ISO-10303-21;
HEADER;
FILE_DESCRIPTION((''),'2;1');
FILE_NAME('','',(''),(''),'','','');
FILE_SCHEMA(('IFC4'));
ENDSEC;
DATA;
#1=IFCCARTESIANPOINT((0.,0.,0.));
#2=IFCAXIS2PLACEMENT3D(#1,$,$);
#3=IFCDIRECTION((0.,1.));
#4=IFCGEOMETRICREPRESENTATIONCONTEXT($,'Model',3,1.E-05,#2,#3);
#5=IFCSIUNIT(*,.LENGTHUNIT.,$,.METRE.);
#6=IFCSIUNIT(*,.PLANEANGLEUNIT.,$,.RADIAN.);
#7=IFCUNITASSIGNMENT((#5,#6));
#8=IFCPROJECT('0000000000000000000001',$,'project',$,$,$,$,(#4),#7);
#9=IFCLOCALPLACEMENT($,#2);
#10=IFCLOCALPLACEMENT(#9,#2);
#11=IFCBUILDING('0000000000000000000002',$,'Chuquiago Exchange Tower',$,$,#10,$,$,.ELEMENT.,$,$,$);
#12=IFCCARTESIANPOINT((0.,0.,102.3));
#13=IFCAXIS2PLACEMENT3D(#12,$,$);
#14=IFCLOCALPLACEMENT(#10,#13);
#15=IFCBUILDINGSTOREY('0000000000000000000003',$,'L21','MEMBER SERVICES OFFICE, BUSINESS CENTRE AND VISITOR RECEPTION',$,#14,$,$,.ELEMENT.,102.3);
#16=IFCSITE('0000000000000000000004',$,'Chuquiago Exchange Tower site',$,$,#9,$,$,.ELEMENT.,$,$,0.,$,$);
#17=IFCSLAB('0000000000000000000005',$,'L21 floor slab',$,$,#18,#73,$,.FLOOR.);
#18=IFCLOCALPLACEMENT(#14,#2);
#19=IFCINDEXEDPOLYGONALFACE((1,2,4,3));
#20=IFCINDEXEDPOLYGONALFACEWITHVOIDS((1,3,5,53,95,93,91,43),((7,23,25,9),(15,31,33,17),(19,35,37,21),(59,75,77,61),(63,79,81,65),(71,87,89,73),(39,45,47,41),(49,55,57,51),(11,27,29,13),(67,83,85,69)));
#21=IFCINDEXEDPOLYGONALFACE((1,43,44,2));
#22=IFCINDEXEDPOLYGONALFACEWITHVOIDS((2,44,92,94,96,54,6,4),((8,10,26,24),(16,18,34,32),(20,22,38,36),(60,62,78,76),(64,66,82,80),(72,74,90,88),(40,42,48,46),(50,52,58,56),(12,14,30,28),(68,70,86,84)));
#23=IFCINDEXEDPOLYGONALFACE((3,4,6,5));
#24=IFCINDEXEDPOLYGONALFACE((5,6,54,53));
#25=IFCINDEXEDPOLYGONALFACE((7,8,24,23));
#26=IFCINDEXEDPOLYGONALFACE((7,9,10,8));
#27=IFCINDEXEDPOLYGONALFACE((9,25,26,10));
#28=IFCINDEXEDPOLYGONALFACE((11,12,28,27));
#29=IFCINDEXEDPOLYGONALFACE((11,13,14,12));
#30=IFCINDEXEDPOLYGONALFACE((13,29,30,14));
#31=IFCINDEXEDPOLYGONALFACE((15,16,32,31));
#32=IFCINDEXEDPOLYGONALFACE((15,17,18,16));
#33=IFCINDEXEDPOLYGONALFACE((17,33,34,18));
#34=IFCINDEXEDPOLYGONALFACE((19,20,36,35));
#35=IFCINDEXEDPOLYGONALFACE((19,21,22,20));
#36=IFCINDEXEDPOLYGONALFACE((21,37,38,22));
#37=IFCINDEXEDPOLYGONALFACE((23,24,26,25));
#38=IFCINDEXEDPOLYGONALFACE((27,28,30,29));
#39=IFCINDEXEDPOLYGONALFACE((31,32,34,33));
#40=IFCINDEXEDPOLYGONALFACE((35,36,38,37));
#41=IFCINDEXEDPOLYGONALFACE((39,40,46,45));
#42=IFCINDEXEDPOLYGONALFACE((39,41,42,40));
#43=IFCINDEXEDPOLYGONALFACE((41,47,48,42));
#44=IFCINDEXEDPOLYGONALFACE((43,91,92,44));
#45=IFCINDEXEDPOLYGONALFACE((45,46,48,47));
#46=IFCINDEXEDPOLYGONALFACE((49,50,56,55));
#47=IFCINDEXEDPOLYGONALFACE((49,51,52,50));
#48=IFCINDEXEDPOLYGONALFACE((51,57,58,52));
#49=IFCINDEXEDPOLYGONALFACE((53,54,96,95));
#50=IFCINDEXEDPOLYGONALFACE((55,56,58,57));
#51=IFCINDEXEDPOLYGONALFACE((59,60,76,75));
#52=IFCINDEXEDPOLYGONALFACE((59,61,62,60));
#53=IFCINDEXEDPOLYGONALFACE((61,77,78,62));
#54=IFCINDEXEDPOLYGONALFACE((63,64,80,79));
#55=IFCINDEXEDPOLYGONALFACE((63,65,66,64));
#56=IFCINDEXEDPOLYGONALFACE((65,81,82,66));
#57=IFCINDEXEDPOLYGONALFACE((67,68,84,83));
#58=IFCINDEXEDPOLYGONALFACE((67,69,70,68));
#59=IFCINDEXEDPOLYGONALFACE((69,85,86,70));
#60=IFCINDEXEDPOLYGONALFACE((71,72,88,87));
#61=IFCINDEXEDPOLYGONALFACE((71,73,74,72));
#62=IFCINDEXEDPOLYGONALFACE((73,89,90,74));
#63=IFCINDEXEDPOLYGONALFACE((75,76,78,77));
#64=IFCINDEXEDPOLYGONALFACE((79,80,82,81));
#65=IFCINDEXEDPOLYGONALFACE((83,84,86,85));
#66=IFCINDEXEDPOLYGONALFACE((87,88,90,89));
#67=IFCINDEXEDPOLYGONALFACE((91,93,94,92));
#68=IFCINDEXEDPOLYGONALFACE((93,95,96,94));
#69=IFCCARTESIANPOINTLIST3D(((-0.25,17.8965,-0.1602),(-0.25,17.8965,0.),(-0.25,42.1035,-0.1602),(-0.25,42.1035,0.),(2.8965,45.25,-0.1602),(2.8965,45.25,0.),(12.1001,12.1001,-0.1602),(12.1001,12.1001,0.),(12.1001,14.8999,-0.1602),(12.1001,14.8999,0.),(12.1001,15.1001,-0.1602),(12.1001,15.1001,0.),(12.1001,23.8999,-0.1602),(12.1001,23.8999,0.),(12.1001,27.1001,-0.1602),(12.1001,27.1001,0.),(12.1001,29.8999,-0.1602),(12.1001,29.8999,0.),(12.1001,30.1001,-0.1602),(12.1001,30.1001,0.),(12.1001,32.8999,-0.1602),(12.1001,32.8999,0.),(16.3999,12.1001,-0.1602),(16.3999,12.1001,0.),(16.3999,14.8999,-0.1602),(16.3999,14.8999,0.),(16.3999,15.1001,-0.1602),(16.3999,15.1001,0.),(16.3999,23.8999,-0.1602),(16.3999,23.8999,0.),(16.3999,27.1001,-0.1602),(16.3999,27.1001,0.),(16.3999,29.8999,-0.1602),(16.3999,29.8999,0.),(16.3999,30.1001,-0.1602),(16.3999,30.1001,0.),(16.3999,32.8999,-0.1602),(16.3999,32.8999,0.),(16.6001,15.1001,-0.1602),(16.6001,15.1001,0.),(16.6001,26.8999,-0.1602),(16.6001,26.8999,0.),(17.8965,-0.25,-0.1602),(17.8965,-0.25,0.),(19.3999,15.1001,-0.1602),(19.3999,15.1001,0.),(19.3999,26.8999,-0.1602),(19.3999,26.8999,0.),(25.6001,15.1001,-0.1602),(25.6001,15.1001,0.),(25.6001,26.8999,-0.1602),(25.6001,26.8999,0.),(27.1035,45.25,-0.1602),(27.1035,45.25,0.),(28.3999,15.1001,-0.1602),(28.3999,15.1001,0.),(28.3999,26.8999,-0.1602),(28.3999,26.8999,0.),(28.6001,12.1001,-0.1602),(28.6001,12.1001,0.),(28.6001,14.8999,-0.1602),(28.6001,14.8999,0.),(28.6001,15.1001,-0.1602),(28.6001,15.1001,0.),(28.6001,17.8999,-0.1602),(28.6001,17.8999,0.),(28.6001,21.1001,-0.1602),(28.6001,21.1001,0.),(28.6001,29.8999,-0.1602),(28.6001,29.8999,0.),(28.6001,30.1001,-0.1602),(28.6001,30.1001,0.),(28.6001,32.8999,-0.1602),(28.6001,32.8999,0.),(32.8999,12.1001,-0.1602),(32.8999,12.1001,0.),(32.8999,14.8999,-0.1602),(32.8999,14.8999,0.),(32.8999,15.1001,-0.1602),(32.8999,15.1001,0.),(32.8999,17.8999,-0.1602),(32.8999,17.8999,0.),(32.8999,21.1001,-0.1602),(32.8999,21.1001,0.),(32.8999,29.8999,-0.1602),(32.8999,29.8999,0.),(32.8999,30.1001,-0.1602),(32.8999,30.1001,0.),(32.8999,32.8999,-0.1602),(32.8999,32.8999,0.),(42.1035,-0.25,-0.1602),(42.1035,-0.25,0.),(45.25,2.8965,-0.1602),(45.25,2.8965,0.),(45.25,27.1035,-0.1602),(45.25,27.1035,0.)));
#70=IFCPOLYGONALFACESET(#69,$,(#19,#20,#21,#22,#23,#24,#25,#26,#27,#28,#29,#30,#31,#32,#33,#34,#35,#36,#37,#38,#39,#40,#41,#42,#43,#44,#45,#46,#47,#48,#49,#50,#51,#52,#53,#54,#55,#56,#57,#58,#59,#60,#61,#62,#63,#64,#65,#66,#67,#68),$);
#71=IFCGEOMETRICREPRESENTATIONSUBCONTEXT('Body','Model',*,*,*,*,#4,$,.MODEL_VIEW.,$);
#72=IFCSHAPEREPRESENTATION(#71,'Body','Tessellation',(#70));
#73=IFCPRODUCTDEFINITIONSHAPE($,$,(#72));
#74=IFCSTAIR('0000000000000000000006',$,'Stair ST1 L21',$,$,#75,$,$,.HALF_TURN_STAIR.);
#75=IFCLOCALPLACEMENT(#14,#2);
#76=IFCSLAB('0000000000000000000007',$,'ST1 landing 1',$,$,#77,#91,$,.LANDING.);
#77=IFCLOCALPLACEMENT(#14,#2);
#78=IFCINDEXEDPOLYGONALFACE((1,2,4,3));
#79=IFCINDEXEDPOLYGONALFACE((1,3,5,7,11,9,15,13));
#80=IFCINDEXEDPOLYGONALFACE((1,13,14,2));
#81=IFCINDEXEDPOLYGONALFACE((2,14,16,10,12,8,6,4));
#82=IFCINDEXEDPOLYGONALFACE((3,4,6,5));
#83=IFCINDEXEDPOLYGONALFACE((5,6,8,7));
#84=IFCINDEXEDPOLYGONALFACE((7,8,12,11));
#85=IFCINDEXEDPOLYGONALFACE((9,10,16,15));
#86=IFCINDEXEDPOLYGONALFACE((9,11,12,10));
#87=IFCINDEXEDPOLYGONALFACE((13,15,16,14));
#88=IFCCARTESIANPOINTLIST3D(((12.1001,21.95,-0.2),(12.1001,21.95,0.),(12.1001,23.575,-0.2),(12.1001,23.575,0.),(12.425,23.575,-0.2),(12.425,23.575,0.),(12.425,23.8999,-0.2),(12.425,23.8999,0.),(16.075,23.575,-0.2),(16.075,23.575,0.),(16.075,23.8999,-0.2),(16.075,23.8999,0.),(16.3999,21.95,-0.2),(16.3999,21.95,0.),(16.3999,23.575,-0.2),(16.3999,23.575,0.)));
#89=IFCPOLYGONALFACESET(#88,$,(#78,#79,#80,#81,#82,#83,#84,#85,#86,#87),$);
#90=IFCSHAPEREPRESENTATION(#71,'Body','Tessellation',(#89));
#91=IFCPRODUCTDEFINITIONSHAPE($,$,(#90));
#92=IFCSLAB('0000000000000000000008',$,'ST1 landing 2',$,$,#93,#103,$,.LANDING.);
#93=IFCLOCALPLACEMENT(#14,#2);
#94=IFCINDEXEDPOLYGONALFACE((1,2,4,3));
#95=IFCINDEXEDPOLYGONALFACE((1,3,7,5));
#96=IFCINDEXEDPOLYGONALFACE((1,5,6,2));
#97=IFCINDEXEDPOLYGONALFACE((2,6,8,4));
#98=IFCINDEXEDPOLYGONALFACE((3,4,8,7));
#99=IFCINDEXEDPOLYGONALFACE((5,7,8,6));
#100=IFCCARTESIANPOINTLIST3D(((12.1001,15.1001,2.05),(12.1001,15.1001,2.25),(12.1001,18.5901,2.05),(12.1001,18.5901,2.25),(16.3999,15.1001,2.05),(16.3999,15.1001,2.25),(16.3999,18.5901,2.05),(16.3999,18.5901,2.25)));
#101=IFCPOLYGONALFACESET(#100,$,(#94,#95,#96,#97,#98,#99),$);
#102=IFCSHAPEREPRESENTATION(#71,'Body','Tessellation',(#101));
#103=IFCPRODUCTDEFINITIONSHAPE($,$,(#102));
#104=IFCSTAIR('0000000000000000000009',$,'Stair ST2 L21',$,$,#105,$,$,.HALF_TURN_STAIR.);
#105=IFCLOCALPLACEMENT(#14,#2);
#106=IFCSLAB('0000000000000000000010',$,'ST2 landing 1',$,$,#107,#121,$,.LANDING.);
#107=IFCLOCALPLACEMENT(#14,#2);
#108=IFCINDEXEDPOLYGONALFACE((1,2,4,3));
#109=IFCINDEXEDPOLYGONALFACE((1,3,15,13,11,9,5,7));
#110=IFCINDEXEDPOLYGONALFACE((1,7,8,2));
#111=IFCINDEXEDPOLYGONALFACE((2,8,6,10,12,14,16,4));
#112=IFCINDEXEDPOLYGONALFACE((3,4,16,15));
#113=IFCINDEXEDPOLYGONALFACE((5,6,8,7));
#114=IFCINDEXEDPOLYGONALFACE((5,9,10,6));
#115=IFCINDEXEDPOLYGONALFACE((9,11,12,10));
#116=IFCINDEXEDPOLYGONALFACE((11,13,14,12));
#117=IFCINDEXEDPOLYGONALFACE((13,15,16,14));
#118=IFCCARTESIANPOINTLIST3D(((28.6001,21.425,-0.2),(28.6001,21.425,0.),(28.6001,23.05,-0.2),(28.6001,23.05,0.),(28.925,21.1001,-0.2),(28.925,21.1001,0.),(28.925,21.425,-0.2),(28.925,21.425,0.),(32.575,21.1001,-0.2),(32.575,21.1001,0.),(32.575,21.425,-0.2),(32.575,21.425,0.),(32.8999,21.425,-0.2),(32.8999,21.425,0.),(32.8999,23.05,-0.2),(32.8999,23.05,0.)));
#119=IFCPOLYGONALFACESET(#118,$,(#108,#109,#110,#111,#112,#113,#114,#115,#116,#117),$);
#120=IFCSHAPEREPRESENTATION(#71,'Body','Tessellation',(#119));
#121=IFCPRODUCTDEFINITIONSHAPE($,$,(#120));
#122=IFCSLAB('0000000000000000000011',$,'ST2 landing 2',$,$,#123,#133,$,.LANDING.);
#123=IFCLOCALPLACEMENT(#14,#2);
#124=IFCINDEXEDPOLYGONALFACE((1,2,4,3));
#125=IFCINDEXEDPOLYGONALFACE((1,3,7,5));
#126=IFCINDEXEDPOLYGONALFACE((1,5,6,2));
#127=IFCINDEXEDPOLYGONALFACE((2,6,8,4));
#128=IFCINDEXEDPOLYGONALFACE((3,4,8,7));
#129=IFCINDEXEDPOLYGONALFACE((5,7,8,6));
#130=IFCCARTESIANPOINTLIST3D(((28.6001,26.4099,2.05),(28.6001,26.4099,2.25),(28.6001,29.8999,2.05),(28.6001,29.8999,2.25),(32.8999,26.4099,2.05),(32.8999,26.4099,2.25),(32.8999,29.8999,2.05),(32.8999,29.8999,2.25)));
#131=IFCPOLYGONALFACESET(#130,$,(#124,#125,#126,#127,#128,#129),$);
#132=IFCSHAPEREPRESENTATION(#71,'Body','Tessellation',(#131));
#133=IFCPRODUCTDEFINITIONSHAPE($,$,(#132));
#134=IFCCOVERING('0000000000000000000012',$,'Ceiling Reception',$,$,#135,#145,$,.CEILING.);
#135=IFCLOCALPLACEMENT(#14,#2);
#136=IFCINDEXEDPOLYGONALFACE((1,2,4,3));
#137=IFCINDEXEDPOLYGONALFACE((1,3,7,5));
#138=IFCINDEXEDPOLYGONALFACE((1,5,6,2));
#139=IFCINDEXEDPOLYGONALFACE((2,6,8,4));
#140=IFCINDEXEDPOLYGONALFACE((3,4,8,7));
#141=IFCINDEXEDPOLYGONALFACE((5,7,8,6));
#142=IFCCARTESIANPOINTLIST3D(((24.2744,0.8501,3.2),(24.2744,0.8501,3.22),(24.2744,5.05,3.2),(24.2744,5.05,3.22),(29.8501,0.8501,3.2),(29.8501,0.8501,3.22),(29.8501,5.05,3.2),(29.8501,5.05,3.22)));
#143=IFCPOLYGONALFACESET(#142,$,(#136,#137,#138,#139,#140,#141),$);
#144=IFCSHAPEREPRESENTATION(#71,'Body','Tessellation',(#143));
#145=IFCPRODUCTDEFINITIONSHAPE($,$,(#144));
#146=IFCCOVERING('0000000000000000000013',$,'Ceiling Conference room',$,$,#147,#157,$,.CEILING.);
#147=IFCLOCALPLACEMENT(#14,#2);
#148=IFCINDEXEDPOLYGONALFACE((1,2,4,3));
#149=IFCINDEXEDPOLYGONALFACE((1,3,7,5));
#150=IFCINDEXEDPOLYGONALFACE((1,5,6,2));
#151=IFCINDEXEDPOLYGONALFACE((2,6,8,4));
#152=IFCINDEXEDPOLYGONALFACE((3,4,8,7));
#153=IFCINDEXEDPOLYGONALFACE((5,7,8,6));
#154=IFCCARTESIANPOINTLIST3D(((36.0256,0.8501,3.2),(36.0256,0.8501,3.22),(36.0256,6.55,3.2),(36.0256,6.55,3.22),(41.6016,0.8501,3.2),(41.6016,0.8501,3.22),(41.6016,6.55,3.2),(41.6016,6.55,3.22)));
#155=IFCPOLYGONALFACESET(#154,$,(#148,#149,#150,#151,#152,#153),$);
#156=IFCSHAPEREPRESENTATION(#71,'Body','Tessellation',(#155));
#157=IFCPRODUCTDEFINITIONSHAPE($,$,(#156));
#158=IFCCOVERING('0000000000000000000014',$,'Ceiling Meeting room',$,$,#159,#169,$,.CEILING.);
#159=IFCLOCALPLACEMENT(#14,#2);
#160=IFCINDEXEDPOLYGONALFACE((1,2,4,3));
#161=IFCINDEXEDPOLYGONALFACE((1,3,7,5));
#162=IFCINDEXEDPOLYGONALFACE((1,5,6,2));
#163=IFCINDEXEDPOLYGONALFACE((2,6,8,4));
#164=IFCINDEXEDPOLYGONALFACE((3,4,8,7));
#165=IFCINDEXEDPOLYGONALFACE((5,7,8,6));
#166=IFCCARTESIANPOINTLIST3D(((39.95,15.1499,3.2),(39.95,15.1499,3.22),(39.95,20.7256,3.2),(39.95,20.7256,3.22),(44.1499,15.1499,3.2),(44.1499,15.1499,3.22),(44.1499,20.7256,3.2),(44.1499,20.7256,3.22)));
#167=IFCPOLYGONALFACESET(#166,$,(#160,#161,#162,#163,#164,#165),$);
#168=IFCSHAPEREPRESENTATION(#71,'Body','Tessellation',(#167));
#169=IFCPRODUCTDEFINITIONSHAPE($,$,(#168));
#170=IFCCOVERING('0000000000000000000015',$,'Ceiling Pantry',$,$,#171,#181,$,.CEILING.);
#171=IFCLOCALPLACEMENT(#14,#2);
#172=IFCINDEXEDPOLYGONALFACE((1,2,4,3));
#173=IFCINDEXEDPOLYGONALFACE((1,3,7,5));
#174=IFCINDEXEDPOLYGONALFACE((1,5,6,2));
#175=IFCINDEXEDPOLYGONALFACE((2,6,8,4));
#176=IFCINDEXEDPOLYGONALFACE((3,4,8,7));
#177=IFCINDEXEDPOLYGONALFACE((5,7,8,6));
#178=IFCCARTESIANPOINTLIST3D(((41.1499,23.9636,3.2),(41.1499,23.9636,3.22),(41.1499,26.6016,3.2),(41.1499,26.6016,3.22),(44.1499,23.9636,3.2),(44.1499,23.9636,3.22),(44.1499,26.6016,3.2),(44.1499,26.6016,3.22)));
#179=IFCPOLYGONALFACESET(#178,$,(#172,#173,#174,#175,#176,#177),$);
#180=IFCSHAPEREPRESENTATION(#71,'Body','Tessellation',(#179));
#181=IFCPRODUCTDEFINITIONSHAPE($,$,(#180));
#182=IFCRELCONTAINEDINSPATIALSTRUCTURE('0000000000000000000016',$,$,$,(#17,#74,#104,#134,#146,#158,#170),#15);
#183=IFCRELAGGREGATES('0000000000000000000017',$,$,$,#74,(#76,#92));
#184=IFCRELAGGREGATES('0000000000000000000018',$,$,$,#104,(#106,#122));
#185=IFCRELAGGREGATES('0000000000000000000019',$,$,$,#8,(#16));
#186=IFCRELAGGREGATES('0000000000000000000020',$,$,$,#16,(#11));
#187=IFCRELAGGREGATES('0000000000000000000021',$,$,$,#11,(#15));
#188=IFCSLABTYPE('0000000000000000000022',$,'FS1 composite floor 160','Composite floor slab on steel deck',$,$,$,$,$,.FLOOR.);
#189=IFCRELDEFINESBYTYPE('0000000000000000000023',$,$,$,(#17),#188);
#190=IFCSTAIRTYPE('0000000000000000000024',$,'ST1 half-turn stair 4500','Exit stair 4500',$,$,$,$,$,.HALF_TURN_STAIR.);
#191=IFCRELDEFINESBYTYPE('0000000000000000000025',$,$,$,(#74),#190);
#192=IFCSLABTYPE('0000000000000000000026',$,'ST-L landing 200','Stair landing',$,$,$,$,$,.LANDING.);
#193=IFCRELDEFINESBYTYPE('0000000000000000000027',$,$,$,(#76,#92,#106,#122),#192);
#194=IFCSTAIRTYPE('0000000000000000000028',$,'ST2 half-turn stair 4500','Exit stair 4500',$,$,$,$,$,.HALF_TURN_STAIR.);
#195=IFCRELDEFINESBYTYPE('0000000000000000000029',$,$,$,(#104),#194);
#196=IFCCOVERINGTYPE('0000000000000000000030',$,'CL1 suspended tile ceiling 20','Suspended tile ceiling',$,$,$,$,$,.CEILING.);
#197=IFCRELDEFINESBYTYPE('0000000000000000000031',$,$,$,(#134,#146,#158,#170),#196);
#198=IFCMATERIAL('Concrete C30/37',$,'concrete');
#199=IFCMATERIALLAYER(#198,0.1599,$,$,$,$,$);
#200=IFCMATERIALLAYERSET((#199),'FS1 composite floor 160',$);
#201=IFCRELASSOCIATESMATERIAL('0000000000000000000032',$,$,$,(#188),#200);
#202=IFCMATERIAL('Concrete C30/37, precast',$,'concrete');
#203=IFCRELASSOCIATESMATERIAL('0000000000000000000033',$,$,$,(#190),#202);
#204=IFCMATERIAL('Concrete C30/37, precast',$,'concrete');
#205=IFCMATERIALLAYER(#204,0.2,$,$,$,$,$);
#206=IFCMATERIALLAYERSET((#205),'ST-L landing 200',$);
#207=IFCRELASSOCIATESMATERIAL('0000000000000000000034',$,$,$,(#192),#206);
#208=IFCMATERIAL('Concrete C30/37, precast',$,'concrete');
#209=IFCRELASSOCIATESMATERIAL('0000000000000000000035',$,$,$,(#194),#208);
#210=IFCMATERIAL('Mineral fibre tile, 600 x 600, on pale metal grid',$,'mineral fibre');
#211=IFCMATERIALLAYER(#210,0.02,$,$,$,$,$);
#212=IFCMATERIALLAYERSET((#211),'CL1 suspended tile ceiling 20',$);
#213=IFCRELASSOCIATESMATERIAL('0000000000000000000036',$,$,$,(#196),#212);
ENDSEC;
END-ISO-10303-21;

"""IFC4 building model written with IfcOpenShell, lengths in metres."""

from ifc_helpers import new_model, si_unit, direction, frame, origin, place, context, subcontext, project, spatial, polyline, outline, extrude, material, layer, layer_set, type_object, element, aggregate, save


model = new_model("IFC4")

# Units and contexts
model_context = context("Model", 3, precision=1e-05, world=origin(), true_north=direction((0.0, 1.0)))
body_context = subcontext(model_context, "Body", "Model", "MODEL_VIEW")
ifc_project = project(units=[si_unit("LENGTHUNIT", "METRE"), si_unit("PLANEANGLEUNIT", "RADIAN")], contexts=[model_context])

# Site, building, storey
site_placement = place(None, origin())
site = spatial("IfcSite", under=ifc_project, at=site_placement, Name="Chuquiago Exchange Tower site", CompositionType="ELEMENT", RefElevation=0.0)
building_placement = place(site_placement, origin())
building = spatial("IfcBuilding", under=site, at=building_placement, Name="Chuquiago Exchange Tower", CompositionType="ELEMENT")
storey_placement = place(building_placement, frame((0.0, 0.0, 102.3)))
storey = spatial("IfcBuildingStorey", under=building, at=storey_placement, Name="L21", Description="MEMBER SERVICES OFFICE, BUSINESS CENTRE AND VISITOR RECEPTION", CompositionType="ELEMENT", Elevation=102.3)

# Slab
ifc_material_1 = material(Name="Concrete C30/37", Category="concrete")
ifc_layer_1 = layer(ifc_material_1, 0.1599)
ifc_layer_set_1 = layer_set([ifc_layer_1], Name="FS1 composite floor 160")
slab_type_1 = type_object("IfcSlabType", Name="FS1 composite floor 160", Description="Composite floor slab on steel deck", PredefinedType="FLOOR", material=ifc_layer_set_1)
slab_1_placement = place(storey_placement, frame((0.0, 0.0, -0.1602)))
element("IfcSlab", 1, at=slab_1_placement, inside=storey, type_object=slab_type_1, Name="L21 floor slab", PredefinedType="FLOOR", context=body_context, shape_type="SweptSolid", body=[
    extrude(outline(polyline([(17.8965, -0.25), (-0.25, 17.8965), (-0.25, 42.1035), (2.8965, 45.25), (27.1035, 45.25), (45.25, 27.1035), (45.25, 2.8965), (42.1035, -0.25), (17.8965, -0.25)]), holes=[polyline([(16.3999, 15.1001), (12.1001, 15.1001), (12.1001, 23.8999), (16.3999, 23.8999), (16.3999, 15.1001)]), polyline([(32.8999, 21.1001), (28.6001, 21.1001), (28.6001, 29.8999), (32.8999, 29.8999), (32.8999, 21.1001)]), polyline([(16.3999, 12.1001), (12.1001, 12.1001), (12.1001, 14.8999), (16.3999, 14.8999), (16.3999, 12.1001)]), polyline([(16.3999, 30.1001), (12.1001, 30.1001), (12.1001, 32.8999), (16.3999, 32.8999), (16.3999, 30.1001)]), polyline([(32.8999, 12.1001), (28.6001, 12.1001), (28.6001, 14.8999), (32.8999, 14.8999), (32.8999, 12.1001)]), polyline([(32.8999, 30.1001), (28.6001, 30.1001), (28.6001, 32.8999), (32.8999, 32.8999), (32.8999, 30.1001)]), polyline([(16.3999, 27.1001), (12.1001, 27.1001), (12.1001, 29.8999), (16.3999, 29.8999), (16.3999, 27.1001)]), polyline([(32.8999, 15.1001), (28.6001, 15.1001), (28.6001, 17.8999), (32.8999, 17.8999), (32.8999, 15.1001)]), polyline([(19.3999, 15.1001), (16.6001, 15.1001), (16.6001, 26.8999), (19.3999, 26.8999), (19.3999, 15.1001)]), polyline([(28.3999, 15.1001), (25.6001, 15.1001), (25.6001, 26.8999), (28.3999, 26.8999), (28.3999, 15.1001)])]), origin(), (0.0, 0.0, 1.0), 0.1602),
])

# Stairs, slabs
ifc_material_2 = material(Name="Concrete C30/37, precast", Category="concrete")
stair_type_1 = type_object("IfcStairType", Name="ST1 half-turn stair 4500", Description="Exit stair 4500", PredefinedType="HALF_TURN_STAIR", material=ifc_material_2)
stair_1_placement = place(storey_placement, origin())
stair_1 = element("IfcStair", 2, at=stair_1_placement, inside=storey, type_object=stair_type_1, Name="Stair ST1 L21", PredefinedType="HALF_TURN_STAIR")
ifc_material_3 = material(Name="Concrete C30/37, precast", Category="concrete")
ifc_layer_2 = layer(ifc_material_3, 0.2)
ifc_layer_set_2 = layer_set([ifc_layer_2], Name="ST-L landing 200")
slab_type_2 = type_object("IfcSlabType", Name="ST-L landing 200", Description="Stair landing", PredefinedType="LANDING", material=ifc_layer_set_2)
slab_2_placement = place(storey_placement, frame((0.0, 0.0, -0.2)))
slab_2 = element("IfcSlab", 3, at=slab_2_placement, type_object=slab_type_2, Name="ST1 landing 1", PredefinedType="LANDING", context=body_context, shape_type="SweptSolid", body=[
    extrude(outline(polyline([(12.425, 23.8999), (16.075, 23.8999), (16.075, 23.575), (16.3999, 23.575), (16.3999, 21.95), (12.1001, 21.95), (12.1001, 23.575), (12.425, 23.575), (12.425, 23.8999)])), origin(), (0.0, 0.0, 1.0), 0.2),
])
slab_3_placement = place(storey_placement, frame((0.0, 0.0, 2.05)))
slab_3 = element("IfcSlab", 4, at=slab_3_placement, type_object=slab_type_2, Name="ST1 landing 2", PredefinedType="LANDING", context=body_context, shape_type="SweptSolid", body=[
    extrude(outline(polyline([(12.1001, 18.5901), (16.3999, 18.5901), (16.3999, 15.1001), (12.1001, 15.1001), (12.1001, 18.5901)])), origin(), (0.0, 0.0, 1.0), 0.2),
])
aggregate(stair_1, [slab_2, slab_3])
ifc_material_4 = material(Name="Concrete C30/37, precast", Category="concrete")
stair_type_2 = type_object("IfcStairType", Name="ST2 half-turn stair 4500", Description="Exit stair 4500", PredefinedType="HALF_TURN_STAIR", material=ifc_material_4)
stair_2_placement = place(storey_placement, origin())
stair_2 = element("IfcStair", 5, at=stair_2_placement, inside=storey, type_object=stair_type_2, Name="Stair ST2 L21", PredefinedType="HALF_TURN_STAIR")
slab_4_placement = place(storey_placement, frame((0.0, 0.0, -0.2)))
slab_4 = element("IfcSlab", 6, at=slab_4_placement, type_object=slab_type_2, Name="ST2 landing 1", PredefinedType="LANDING", context=body_context, shape_type="SweptSolid", body=[
    extrude(outline(polyline([(32.575, 21.425), (32.575, 21.1001), (28.925, 21.1001), (28.925, 21.425), (28.6001, 21.425), (28.6001, 23.05), (32.8999, 23.05), (32.8999, 21.425), (32.575, 21.425)])), origin(), (0.0, 0.0, 1.0), 0.2),
])
slab_5_placement = place(storey_placement, frame((0.0, 0.0, 2.05)))
slab_5 = element("IfcSlab", 7, at=slab_5_placement, type_object=slab_type_2, Name="ST2 landing 2", PredefinedType="LANDING", context=body_context, shape_type="SweptSolid", body=[
    extrude(outline(polyline([(28.6001, 29.8999), (32.8999, 29.8999), (32.8999, 26.4099), (28.6001, 26.4099), (28.6001, 29.8999)])), origin(), (0.0, 0.0, 1.0), 0.2),
])
aggregate(stair_2, [slab_4, slab_5])

# Coverings
ifc_material_5 = material(Name="Mineral fibre tile, 600 x 600, on pale metal grid", Category="mineral fibre")
ifc_layer_3 = layer(ifc_material_5, 0.02)
ifc_layer_set_3 = layer_set([ifc_layer_3], Name="CL1 suspended tile ceiling 20")
covering_type_1 = type_object("IfcCoveringType", Name="CL1 suspended tile ceiling 20", Description="Suspended tile ceiling", PredefinedType="CEILING", material=ifc_layer_set_3)
covering_1_placement = place(storey_placement, frame((0.0, 0.0, 3.2)))
element("IfcCovering", 8, at=covering_1_placement, inside=storey, type_object=covering_type_1, Name="Ceiling Reception", PredefinedType="CEILING", context=body_context, shape_type="SweptSolid", body=[
    extrude(outline(polyline([(24.2744, 5.05), (29.8501, 5.05), (29.8501, 0.8501), (24.2744, 0.8501), (24.2744, 5.05)])), origin(), (0.0, 0.0, 1.0), 0.02),
])
covering_2_placement = place(storey_placement, frame((0.0, 0.0, 3.2)))
element("IfcCovering", 9, at=covering_2_placement, inside=storey, type_object=covering_type_1, Name="Ceiling Conference room", PredefinedType="CEILING", context=body_context, shape_type="SweptSolid", body=[
    extrude(outline(polyline([(36.0256, 0.8501), (36.0256, 6.55), (41.6016, 6.55), (41.6016, 0.8501), (36.0256, 0.8501)])), origin(), (0.0, 0.0, 1.0), 0.02),
])
covering_3_placement = place(storey_placement, frame((0.0, 0.0, 3.2)))
element("IfcCovering", 10, at=covering_3_placement, inside=storey, type_object=covering_type_1, Name="Ceiling Meeting room", PredefinedType="CEILING", context=body_context, shape_type="SweptSolid", body=[
    extrude(outline(polyline([(39.95, 15.1499), (39.95, 20.7256), (44.1499, 20.7256), (44.1499, 15.1499), (39.95, 15.1499)])), origin(), (0.0, 0.0, 1.0), 0.02),
])
covering_4_placement = place(storey_placement, frame((0.0, 0.0, 3.2)))
element("IfcCovering", 11, at=covering_4_placement, inside=storey, type_object=covering_type_1, Name="Ceiling Pantry", PredefinedType="CEILING", context=body_context, shape_type="SweptSolid", body=[
    extrude(outline(polyline([(44.1499, 23.9636), (41.1499, 23.9636), (41.1499, 26.6016), (44.1499, 26.6016), (44.1499, 23.9636)])), origin(), (0.0, 0.0, 1.0), 0.02),
])

save(model, "model.ifc")
